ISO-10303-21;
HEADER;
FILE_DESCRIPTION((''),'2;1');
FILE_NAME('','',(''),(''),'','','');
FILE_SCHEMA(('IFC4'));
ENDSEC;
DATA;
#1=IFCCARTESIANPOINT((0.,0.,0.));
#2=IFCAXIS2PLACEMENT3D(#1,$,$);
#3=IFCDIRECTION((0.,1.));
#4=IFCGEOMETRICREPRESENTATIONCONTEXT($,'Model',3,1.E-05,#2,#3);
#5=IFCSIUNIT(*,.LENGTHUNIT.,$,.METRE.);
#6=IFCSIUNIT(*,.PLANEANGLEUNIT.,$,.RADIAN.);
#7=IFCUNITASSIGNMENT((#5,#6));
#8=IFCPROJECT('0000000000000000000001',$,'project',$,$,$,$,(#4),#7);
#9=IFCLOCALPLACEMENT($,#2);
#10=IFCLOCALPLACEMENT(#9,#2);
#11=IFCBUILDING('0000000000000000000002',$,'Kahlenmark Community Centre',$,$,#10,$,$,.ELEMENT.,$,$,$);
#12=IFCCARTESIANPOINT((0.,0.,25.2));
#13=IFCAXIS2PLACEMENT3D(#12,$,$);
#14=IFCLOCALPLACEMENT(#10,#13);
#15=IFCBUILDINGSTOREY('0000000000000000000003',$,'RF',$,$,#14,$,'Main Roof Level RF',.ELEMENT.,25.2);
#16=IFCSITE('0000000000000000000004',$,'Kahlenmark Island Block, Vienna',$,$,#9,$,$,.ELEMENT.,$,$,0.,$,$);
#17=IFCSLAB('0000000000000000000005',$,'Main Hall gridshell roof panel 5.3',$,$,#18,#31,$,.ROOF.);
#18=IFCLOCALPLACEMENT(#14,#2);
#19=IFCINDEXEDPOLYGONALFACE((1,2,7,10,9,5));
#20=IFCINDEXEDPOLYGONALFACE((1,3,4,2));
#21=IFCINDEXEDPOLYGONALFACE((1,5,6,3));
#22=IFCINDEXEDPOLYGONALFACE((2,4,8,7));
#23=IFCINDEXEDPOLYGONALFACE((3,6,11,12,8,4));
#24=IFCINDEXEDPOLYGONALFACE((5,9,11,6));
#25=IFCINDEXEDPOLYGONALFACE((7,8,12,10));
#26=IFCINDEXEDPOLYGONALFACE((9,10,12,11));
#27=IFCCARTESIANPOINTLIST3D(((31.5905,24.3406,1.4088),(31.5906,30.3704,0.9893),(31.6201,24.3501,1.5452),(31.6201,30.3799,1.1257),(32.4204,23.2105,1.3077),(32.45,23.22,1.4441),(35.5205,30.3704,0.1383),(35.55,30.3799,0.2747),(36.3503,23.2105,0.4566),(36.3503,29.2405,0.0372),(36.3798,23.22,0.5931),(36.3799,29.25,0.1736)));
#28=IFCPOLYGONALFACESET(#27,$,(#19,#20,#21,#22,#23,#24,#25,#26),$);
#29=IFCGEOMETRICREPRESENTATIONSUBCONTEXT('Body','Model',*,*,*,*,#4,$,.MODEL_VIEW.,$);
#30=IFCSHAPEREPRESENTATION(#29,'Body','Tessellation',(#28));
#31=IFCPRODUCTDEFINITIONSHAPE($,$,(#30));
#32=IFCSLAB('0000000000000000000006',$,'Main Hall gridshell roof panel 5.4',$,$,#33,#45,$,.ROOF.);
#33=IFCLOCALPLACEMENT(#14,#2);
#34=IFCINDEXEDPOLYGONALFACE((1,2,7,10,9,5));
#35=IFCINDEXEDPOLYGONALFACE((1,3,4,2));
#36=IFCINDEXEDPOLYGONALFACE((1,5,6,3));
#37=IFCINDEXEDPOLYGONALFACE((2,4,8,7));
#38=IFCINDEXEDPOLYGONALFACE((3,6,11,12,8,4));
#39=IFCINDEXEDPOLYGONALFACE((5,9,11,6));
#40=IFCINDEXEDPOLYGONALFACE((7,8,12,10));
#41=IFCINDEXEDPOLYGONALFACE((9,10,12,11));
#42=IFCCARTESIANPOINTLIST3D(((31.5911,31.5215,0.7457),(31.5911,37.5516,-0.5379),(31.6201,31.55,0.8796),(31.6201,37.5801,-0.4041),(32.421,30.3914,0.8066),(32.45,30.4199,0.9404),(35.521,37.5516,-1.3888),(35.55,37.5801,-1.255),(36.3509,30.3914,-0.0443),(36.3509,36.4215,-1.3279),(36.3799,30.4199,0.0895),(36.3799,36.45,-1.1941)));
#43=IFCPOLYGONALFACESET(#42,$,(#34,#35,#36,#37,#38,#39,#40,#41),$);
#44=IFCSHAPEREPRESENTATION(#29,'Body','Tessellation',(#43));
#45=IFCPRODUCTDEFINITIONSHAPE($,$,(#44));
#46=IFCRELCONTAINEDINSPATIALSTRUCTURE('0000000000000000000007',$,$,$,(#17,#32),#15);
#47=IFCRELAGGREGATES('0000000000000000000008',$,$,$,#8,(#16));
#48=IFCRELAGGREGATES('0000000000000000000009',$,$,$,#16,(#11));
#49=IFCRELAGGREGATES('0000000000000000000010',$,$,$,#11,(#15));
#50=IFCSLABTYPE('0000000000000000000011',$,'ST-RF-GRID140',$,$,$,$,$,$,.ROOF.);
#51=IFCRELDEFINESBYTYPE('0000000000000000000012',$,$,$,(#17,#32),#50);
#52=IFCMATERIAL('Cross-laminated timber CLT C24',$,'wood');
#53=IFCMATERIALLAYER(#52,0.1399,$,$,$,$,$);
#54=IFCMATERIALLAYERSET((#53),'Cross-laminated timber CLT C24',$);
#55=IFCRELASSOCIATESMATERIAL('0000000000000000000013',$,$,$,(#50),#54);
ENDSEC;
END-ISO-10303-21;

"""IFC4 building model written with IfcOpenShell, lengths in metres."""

from ifc_helpers import new_model, si_unit, direction, frame, origin, place, context, subcontext, project, spatial, polyline, outline, extrude, material, layer, layer_set, type_object, element, save


model = new_model("IFC4")

# Units and contexts
model_context = context("Model", 3, precision=1e-05, world=origin(), true_north=direction((0.0, 1.0)))
body_context = subcontext(model_context, "Body", "Model", "MODEL_VIEW")
ifc_project = project(units=[si_unit("LENGTHUNIT", "METRE"), si_unit("PLANEANGLEUNIT", "RADIAN")], contexts=[model_context])

# Site, building, storey
site_placement = place(None, origin())
site = spatial("IfcSite", under=ifc_project, at=site_placement, Name="Kahlenmark Island Block, Vienna", CompositionType="ELEMENT", RefElevation=0.0)
building_placement = place(site_placement, origin())
building = spatial("IfcBuilding", under=site, at=building_placement, Name="Kahlenmark Community Centre", CompositionType="ELEMENT")
storey_placement = place(building_placement, frame((0.0, 0.0, 25.2)))
storey = spatial("IfcBuildingStorey", under=building, at=storey_placement, Name="RF", LongName="Main Roof Level RF", CompositionType="ELEMENT", Elevation=25.2)

# Slabs
ifc_material_1 = material(Name="Cross-laminated timber CLT C24", Category="wood")
ifc_layer_1 = layer(ifc_material_1, 0.1399)
ifc_layer_set_1 = layer_set([ifc_layer_1], Name="Cross-laminated timber CLT C24")
slab_type = type_object("IfcSlabType", Name="ST-RF-GRID140", PredefinedType="ROOF", material=ifc_layer_set_1)
slab_1_placement = place(storey_placement, frame((32.45, 23.22, 1.4441), z_axis=(0.211162, 0.06783, 0.975095), x_axis=(0.977346, -0.000004, -0.21165)))
element("IfcSlab", 1, at=slab_1_placement, inside=storey, type_object=slab_type, Name="Main Hall gridshell roof panel 5.3", PredefinedType="ROOF", context=body_context, shape_type="SweptSolid", body=[
    extrude(outline(polyline([(0.0, 0.0), (4.021, 0.0), (4.1098, 6.044), (3.2773, 7.1764), (-0.7437, 7.1764), (-0.8325, 1.1327), (0.0, 0.0)])), origin(), (0.0, 0.0, -1.0), 0.1399),
])
slab_2_placement = place(storey_placement, frame((32.45, 30.4199, 0.9404), z_axis=(0.207184, 0.203685, 0.956863), x_axis=(0.977352, -0.000005, -0.21162)))
element("IfcSlab", 2, at=slab_2_placement, inside=storey, type_object=slab_type, Name="Main Hall gridshell roof panel 5.4", PredefinedType="ROOF", context=body_context, shape_type="SweptSolid", body=[
    extrude(outline(polyline([(0.0, 0.0), (4.021, 0.0), (4.2926, 6.1592), (3.4944, 7.3135), (-0.5266, 7.3135), (-0.7982, 1.1543), (0.0, 0.0)])), origin(), (0.0, 0.0, -1.0), 0.1399),
])

save(model, "model.ifc")
